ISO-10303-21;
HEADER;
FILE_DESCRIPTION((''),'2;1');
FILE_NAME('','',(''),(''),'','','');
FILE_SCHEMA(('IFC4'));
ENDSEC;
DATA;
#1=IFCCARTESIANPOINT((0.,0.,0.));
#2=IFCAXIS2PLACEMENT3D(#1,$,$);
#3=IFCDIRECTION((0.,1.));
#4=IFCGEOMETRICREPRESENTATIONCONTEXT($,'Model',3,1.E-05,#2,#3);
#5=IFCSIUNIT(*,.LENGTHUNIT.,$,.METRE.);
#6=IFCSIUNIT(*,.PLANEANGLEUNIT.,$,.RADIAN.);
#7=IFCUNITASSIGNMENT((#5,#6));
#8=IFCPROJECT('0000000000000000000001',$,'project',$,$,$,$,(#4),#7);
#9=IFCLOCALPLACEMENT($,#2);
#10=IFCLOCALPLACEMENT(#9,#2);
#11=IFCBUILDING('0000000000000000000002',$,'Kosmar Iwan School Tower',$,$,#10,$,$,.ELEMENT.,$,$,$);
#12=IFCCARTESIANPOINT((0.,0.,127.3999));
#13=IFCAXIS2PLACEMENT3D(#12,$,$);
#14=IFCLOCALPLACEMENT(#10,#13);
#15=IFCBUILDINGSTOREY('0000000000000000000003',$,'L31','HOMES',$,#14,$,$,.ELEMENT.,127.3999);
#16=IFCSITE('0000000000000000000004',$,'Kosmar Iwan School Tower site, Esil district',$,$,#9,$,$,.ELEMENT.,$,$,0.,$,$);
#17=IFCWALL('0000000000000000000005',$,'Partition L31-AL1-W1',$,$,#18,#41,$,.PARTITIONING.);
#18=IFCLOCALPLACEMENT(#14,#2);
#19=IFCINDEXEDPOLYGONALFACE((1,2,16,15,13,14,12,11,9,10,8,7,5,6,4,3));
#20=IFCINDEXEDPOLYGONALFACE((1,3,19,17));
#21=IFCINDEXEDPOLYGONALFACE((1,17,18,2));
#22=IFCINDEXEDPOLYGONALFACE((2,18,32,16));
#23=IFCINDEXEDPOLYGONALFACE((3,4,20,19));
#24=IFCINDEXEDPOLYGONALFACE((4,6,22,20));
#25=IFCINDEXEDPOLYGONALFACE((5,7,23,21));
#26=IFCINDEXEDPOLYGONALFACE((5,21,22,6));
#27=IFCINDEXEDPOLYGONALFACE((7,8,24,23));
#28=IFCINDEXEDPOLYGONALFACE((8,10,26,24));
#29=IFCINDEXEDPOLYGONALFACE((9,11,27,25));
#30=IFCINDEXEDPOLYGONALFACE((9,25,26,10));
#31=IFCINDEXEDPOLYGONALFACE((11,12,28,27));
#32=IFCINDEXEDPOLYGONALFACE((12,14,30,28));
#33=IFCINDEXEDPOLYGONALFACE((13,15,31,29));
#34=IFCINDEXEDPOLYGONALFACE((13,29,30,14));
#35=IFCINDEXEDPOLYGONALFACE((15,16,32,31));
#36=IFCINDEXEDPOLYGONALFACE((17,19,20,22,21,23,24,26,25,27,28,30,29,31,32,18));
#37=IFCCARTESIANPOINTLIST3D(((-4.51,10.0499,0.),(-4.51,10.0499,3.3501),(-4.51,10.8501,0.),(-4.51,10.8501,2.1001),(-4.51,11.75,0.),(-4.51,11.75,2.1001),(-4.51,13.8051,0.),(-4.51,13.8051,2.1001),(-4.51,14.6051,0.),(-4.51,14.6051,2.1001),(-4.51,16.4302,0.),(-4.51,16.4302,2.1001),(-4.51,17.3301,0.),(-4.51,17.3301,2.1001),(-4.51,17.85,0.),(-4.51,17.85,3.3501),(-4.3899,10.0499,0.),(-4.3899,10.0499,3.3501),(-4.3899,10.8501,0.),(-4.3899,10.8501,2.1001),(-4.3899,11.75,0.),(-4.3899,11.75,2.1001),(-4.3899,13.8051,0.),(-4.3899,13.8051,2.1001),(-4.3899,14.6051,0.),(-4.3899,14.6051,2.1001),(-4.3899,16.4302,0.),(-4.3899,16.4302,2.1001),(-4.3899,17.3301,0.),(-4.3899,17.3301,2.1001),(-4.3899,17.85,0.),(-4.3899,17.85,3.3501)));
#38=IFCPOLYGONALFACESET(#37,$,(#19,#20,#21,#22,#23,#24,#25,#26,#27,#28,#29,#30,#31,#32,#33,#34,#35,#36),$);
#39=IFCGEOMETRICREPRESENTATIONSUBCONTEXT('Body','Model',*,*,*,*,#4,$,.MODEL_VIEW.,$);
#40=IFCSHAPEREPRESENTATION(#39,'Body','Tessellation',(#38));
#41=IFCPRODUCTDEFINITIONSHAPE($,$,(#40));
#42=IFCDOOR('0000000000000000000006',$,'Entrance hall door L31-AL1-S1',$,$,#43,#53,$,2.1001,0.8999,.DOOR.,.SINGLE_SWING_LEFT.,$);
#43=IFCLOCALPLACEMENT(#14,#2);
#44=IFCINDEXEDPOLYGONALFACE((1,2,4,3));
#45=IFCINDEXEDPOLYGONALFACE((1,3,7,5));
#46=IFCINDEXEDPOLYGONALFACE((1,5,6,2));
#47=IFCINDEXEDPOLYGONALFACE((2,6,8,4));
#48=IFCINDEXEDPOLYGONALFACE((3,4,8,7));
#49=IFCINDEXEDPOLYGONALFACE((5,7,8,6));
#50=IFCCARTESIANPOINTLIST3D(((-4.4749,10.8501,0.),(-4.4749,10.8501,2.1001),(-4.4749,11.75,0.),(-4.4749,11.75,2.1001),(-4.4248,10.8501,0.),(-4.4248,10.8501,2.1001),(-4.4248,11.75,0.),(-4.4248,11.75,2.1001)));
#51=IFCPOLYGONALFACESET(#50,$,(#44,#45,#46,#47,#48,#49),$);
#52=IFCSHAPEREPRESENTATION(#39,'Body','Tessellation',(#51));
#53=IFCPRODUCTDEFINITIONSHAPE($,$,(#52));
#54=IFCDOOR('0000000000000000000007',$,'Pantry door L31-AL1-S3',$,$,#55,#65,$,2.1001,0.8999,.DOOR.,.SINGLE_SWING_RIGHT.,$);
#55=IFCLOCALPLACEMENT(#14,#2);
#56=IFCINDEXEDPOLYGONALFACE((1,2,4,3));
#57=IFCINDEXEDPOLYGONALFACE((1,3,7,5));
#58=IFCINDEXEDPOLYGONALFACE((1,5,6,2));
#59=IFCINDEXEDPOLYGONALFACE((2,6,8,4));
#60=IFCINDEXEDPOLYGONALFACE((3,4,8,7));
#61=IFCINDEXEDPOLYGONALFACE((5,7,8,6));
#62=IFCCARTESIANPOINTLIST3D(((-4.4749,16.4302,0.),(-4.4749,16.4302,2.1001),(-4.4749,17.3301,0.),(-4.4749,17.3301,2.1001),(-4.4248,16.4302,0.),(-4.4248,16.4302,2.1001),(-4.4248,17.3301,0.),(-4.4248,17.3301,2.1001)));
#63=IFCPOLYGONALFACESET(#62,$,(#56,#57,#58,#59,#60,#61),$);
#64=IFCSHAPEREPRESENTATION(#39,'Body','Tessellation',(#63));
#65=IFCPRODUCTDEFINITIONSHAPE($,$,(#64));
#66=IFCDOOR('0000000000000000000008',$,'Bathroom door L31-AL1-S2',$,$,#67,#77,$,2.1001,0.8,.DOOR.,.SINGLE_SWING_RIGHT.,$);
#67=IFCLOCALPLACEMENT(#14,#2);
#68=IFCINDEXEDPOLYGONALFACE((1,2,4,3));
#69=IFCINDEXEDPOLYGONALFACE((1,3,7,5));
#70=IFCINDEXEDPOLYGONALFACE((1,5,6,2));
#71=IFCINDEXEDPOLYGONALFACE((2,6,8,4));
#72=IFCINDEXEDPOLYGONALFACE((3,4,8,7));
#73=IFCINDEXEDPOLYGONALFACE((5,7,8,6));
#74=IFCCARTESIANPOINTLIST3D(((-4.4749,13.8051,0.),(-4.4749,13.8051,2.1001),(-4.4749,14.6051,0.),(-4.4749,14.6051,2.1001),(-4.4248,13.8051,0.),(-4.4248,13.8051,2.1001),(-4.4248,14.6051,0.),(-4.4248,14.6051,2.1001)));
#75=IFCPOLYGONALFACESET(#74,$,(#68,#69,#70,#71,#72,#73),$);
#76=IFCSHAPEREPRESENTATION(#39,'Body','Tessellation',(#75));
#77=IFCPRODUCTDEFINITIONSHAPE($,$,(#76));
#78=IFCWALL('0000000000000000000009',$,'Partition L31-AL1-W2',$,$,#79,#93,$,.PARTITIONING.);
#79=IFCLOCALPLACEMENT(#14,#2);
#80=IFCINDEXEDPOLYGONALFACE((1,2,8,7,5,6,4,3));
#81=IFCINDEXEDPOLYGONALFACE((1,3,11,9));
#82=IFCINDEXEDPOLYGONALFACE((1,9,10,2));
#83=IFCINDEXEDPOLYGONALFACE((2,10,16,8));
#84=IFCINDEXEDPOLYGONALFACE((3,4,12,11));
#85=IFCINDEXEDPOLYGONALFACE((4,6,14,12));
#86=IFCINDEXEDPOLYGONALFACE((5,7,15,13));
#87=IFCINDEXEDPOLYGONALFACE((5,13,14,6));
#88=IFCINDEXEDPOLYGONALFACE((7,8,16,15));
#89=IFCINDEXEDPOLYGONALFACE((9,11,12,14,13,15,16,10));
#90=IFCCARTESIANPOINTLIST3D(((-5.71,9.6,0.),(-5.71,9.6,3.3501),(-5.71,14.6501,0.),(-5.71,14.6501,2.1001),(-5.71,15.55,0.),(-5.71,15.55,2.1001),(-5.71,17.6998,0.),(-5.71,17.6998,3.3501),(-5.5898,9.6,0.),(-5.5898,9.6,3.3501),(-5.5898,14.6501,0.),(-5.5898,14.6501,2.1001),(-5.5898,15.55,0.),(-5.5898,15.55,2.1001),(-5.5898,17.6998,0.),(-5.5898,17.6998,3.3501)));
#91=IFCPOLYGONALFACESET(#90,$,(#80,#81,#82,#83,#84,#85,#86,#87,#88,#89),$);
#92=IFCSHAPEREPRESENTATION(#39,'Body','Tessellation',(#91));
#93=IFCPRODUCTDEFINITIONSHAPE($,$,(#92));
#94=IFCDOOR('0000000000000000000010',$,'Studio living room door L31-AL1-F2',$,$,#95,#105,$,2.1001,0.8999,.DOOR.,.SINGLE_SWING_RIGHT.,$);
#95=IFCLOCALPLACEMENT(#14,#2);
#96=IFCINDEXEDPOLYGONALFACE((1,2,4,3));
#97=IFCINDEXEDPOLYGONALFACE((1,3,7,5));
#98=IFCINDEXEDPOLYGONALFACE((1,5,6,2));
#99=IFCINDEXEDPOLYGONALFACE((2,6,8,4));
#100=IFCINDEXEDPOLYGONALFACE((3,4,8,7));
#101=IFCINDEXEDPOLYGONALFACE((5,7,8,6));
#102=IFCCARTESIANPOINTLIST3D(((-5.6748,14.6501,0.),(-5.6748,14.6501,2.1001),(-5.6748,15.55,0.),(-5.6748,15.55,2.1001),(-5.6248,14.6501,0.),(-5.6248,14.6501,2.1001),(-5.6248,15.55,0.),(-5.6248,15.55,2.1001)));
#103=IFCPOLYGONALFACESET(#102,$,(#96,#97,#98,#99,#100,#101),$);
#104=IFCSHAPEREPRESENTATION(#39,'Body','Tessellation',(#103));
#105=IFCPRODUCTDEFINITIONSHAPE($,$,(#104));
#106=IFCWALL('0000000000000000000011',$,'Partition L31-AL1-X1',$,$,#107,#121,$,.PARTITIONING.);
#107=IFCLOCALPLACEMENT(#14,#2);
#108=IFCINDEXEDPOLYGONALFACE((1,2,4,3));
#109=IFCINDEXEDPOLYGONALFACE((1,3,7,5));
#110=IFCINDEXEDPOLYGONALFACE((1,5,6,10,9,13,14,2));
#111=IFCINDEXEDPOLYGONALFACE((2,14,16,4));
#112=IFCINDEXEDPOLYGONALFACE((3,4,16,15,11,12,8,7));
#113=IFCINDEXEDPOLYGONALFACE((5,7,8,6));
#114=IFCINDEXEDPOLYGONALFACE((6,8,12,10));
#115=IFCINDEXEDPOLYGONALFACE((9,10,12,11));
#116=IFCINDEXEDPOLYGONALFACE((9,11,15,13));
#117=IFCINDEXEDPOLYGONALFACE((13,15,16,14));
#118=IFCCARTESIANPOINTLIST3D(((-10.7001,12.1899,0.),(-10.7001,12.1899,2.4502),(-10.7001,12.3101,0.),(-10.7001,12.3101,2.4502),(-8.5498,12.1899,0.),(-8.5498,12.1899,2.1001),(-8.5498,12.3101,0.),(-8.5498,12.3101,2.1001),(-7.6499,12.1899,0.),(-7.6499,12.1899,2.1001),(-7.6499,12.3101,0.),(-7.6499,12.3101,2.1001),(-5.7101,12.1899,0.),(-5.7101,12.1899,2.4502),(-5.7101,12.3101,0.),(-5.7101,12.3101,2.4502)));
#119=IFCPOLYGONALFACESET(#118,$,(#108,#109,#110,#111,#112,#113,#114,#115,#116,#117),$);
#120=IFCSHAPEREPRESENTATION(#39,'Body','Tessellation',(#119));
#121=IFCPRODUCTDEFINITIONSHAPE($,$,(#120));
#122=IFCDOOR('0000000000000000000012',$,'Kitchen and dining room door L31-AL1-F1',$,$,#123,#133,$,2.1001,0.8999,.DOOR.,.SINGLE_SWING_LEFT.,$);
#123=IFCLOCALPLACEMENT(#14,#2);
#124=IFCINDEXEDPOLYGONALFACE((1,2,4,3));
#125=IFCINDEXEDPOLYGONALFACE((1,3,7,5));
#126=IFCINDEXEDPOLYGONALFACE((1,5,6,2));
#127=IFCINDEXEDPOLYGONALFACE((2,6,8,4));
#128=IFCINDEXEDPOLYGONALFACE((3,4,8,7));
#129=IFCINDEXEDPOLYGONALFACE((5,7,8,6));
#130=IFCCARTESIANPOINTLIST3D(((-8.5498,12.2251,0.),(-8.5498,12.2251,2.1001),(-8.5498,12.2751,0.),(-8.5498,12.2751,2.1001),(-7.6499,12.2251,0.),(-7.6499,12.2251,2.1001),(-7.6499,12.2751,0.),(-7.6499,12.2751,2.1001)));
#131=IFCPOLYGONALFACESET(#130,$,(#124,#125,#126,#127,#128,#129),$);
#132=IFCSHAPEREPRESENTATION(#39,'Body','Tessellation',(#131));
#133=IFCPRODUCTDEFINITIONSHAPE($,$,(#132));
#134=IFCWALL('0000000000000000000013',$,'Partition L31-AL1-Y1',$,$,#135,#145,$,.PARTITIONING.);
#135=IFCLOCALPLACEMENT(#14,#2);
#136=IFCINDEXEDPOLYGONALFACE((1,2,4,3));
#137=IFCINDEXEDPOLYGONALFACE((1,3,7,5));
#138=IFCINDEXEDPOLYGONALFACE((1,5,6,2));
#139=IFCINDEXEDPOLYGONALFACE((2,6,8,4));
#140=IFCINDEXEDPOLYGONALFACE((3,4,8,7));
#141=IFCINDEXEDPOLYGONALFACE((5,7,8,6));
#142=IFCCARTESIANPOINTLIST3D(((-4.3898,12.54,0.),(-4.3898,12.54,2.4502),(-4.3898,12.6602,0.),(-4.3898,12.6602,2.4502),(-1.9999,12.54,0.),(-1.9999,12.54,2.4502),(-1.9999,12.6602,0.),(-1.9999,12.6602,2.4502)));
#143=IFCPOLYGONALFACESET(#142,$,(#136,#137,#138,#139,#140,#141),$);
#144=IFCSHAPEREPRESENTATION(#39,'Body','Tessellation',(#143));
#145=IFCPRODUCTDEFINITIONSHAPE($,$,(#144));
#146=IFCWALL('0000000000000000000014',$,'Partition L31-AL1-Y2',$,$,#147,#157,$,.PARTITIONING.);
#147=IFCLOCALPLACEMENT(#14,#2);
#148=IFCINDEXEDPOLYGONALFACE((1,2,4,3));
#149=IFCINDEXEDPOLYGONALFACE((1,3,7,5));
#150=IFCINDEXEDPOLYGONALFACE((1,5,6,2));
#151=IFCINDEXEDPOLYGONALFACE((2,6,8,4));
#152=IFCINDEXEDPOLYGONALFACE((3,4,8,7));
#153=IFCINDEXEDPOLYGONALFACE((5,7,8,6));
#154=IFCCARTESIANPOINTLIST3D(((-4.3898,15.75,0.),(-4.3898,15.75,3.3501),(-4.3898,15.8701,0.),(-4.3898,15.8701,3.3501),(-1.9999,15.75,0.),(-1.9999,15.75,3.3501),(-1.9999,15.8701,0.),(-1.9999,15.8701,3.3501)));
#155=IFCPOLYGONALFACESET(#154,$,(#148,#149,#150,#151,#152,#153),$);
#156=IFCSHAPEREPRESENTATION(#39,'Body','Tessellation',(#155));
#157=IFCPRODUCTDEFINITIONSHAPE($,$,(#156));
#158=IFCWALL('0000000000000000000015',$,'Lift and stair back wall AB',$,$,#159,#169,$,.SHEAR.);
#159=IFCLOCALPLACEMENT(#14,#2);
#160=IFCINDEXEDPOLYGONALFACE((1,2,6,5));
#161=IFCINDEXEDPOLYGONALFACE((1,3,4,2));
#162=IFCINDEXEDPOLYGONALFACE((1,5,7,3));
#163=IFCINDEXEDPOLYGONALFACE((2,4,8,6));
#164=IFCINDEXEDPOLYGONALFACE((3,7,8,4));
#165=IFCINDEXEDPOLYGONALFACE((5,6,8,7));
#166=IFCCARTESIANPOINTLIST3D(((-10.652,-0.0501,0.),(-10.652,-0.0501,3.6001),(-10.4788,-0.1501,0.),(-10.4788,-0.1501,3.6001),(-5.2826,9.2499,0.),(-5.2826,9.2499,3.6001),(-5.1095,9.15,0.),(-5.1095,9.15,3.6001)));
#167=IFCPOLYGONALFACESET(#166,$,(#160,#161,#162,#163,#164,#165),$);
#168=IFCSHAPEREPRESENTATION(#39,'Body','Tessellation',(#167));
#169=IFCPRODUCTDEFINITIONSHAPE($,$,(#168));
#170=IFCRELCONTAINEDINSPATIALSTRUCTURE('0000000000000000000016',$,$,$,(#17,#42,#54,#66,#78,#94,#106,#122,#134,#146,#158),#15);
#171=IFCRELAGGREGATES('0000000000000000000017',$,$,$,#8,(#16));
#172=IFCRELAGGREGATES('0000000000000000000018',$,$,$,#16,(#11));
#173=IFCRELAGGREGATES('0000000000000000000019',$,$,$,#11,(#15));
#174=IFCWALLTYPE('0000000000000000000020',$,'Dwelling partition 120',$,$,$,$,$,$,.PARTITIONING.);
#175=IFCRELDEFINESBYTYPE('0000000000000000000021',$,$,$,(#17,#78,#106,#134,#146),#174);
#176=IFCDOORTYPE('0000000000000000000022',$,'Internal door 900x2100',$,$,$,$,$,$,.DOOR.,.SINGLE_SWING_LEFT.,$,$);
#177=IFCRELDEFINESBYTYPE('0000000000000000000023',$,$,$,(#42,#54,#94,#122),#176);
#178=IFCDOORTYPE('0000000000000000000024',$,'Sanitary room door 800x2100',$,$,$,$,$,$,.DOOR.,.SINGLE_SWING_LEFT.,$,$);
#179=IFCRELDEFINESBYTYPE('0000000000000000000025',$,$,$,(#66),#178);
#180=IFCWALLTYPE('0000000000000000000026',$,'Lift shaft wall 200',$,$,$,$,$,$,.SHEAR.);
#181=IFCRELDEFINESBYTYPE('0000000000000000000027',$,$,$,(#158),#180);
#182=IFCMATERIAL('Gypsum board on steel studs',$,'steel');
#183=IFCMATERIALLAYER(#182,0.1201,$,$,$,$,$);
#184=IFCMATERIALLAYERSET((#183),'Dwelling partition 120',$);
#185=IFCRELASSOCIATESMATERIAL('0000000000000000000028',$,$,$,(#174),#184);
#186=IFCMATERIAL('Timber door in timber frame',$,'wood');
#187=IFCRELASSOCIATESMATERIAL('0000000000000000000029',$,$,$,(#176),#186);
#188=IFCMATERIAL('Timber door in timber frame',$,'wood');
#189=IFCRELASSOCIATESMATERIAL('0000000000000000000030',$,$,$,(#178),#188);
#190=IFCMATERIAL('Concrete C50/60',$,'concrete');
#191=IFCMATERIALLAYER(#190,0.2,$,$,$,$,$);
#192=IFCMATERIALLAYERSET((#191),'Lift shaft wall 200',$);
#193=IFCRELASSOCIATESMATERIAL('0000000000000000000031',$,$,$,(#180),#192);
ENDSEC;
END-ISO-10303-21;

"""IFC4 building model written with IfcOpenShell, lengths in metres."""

from ifc_helpers import new_model, si_unit, direction, frame, frame_2d, origin, place, context, subcontext, project, spatial, rectangle, extrude, material, layer, layer_set, type_object, element, fill, save


model = new_model("IFC4")

# Units and contexts
model_context = context("Model", 3, precision=1e-05, world=origin(), true_north=direction((0.0, 1.0)))
body_context = subcontext(model_context, "Body", "Model", "MODEL_VIEW")
ifc_project = project(units=[si_unit("LENGTHUNIT", "METRE"), si_unit("PLANEANGLEUNIT", "RADIAN")], contexts=[model_context])

# Site, building, storey
site_placement = place(None, origin())
site = spatial("IfcSite", under=ifc_project, at=site_placement, Name="Kosmar Iwan School Tower site, Esil district", CompositionType="ELEMENT", RefElevation=0.0)
building_placement = place(site_placement, origin())
building = spatial("IfcBuilding", under=site, at=building_placement, Name="Kosmar Iwan School Tower", CompositionType="ELEMENT")
storey_placement = place(building_placement, frame((0.0, 0.0, 127.3999)))
storey = spatial("IfcBuildingStorey", under=building, at=storey_placement, Name="L31", Description="HOMES", CompositionType="ELEMENT", Elevation=127.3999)

# Wall, openings, doors
ifc_material_1 = material(Name="Gypsum board on steel studs", Category="steel")
ifc_layer_1 = layer(ifc_material_1, 0.1201)
ifc_layer_set_1 = layer_set([ifc_layer_1], Name="Dwelling partition 120")
wall_type_1 = type_object("IfcWallType", Name="Dwelling partition 120", PredefinedType="PARTITIONING", material=ifc_layer_set_1)
wall_1_placement = place(storey_placement, frame((-4.45, 10.05, 0.0), z_axis=(0.0, 0.0, 1.0), x_axis=(0.0, 1.0, 0.0)))
wall_1 = element("IfcWall", 1, at=wall_1_placement, inside=storey, type_object=wall_type_1, Name="Partition L31-AL1-W1", PredefinedType="PARTITIONING", context=body_context, shape_type="SweptSolid", body=[
    extrude(rectangle(XDim=7.8, YDim=0.1201, at=frame_2d((3.8999, 0.0))), origin(), (0.0, 0.0, 1.0), 3.3501),
])
opening_1_placement = place(wall_1_placement, frame((0.8, 0.0, 0.0)))
opening_1 = element("IfcOpeningElement", 2, at=opening_1_placement, cuts=wall_1, PredefinedType="OPENING", context=body_context, shape_type="SweptSolid", body=[
    extrude(rectangle(XDim=0.8999, YDim=2.1001, at=frame_2d((0.45, 1.05))), frame((0.0, 0.072, 0.0), z_axis=(0.0, -1.0, 0.0), x_axis=(1.0, 0.0, 0.0)), (0.0, 0.0, 1.0), 0.144),
])
opening_2_placement = place(wall_1_placement, frame((3.7551, 0.0, 0.0)))
opening_2 = element("IfcOpeningElement", 3, at=opening_2_placement, cuts=wall_1, PredefinedType="OPENING", context=body_context, shape_type="SweptSolid", body=[
    extrude(rectangle(XDim=0.8, YDim=2.1001, at=frame_2d((0.3999, 1.05))), frame((0.0, 0.072, 0.0), z_axis=(0.0, -1.0, 0.0), x_axis=(1.0, 0.0, 0.0)), (0.0, 0.0, 1.0), 0.144),
])
opening_3_placement = place(wall_1_placement, frame((6.3801, 0.0, 0.0)))
opening_3 = element("IfcOpeningElement", 4, at=opening_3_placement, cuts=wall_1, PredefinedType="OPENING", context=body_context, shape_type="SweptSolid", body=[
    extrude(rectangle(XDim=0.8999, YDim=2.1001, at=frame_2d((0.45, 1.05))), frame((0.0, 0.072, 0.0), z_axis=(0.0, -1.0, 0.0), x_axis=(1.0, 0.0, 0.0)), (0.0, 0.0, 1.0), 0.144),
])
ifc_material_2 = material(Name="Timber door in timber frame", Category="wood")
door_type_1 = type_object("IfcDoorType", Name="Internal door 900x2100", OperationType="SINGLE_SWING_LEFT", PredefinedType="DOOR", material=ifc_material_2)
door_1_placement = place(opening_1_placement, origin())
door_1 = element("IfcDoor", 5, at=door_1_placement, inside=storey, type_object=door_type_1, Name="Entrance hall door L31-AL1-S1", OperationType="SINGLE_SWING_LEFT", OverallHeight=2.1001, OverallWidth=0.8999, PredefinedType="DOOR", context=body_context, shape_type="SweptSolid", body=[
    extrude(rectangle(XDim=0.8999, YDim=2.1001, at=frame_2d((0.45, 1.05))), frame((0.0, 0.0249, 0.0), z_axis=(0.0, -1.0, 0.0), x_axis=(1.0, 0.0, 0.0)), (0.0, 0.0, 1.0), 0.05),
])
fill(opening_1, door_1)
door_2_placement = place(opening_3_placement, origin())
door_2 = element("IfcDoor", 6, at=door_2_placement, inside=storey, type_object=door_type_1, Name="Pantry door L31-AL1-S3", OperationType="SINGLE_SWING_RIGHT", OverallHeight=2.1001, OverallWidth=0.8999, PredefinedType="DOOR", context=body_context, shape_type="SweptSolid", body=[
    extrude(rectangle(XDim=0.8999, YDim=2.1001, at=frame_2d((0.45, 1.05))), frame((0.0, 0.0249, 0.0), z_axis=(0.0, -1.0, 0.0), x_axis=(1.0, 0.0, 0.0)), (0.0, 0.0, 1.0), 0.05),
])
fill(opening_3, door_2)
ifc_material_3 = material(Name="Timber door in timber frame", Category="wood")
door_type_2 = type_object("IfcDoorType", Name="Sanitary room door 800x2100", OperationType="SINGLE_SWING_LEFT", PredefinedType="DOOR", material=ifc_material_3)
door_3_placement = place(opening_2_placement, origin())
door_3 = element("IfcDoor", 7, at=door_3_placement, inside=storey, type_object=door_type_2, Name="Bathroom door L31-AL1-S2", OperationType="SINGLE_SWING_RIGHT", OverallHeight=2.1001, OverallWidth=0.8, PredefinedType="DOOR", context=body_context, shape_type="SweptSolid", body=[
    extrude(rectangle(XDim=0.8, YDim=2.1001, at=frame_2d((0.3999, 1.05))), frame((0.0, 0.0249, 0.0), z_axis=(0.0, -1.0, 0.0), x_axis=(1.0, 0.0, 0.0)), (0.0, 0.0, 1.0), 0.05),
])
fill(opening_2, door_3)

# Walls, openings, doors
wall_2_placement = place(storey_placement, frame((-5.6499, 9.6001, 0.0), z_axis=(0.0, 0.0, 1.0), x_axis=(0.0, 1.0, 0.0)))
wall_2 = element("IfcWall", 8, at=wall_2_placement, inside=storey, type_object=wall_type_1, Name="Partition L31-AL1-W2", PredefinedType="PARTITIONING", context=body_context, shape_type="SweptSolid", body=[
    extrude(rectangle(XDim=8.0999, YDim=0.1201, at=frame_2d((4.0498, 0.0))), origin(), (0.0, 0.0, 1.0), 3.3501),
])
opening_4_placement = place(wall_2_placement, frame((5.05, 0.0, 0.0)))
opening_4 = element("IfcOpeningElement", 9, at=opening_4_placement, cuts=wall_2, PredefinedType="OPENING", context=body_context, shape_type="SweptSolid", body=[
    extrude(rectangle(XDim=0.8999, YDim=2.1001, at=frame_2d((0.45, 1.05))), frame((0.0, 0.072, 0.0), z_axis=(0.0, -1.0, 0.0), x_axis=(1.0, 0.0, 0.0)), (0.0, 0.0, 1.0), 0.144),
])
door_4_placement = place(opening_4_placement, origin())
door_4 = element("IfcDoor", 10, at=door_4_placement, inside=storey, type_object=door_type_1, Name="Studio living room door L31-AL1-F2", OperationType="SINGLE_SWING_RIGHT", OverallHeight=2.1001, OverallWidth=0.8999, PredefinedType="DOOR", context=body_context, shape_type="SweptSolid", body=[
    extrude(rectangle(XDim=0.8999, YDim=2.1001, at=frame_2d((0.45, 1.05))), frame((0.0, 0.0249, 0.0), z_axis=(0.0, -1.0, 0.0), x_axis=(1.0, 0.0, 0.0)), (0.0, 0.0, 1.0), 0.05),
])
fill(opening_4, door_4)
wall_3_placement = place(storey_placement, frame((-5.71, 12.25, 0.0), z_axis=(0.0, 0.0, 1.0), x_axis=(-1.0, 0.0, 0.0)))
wall_3 = element("IfcWall", 11, at=wall_3_placement, inside=storey, type_object=wall_type_1, Name="Partition L31-AL1-X1", PredefinedType="PARTITIONING", context=body_context, shape_type="SweptSolid", body=[
    extrude(rectangle(XDim=4.99, YDim=0.1201, at=frame_2d((2.4951, 0.0))), origin(), (0.0, 0.0, 1.0), 2.4502),
])
opening_5_placement = place(wall_3_placement, frame((1.9399, 0.0, 0.0)))
opening_5 = element("IfcOpeningElement", 12, at=opening_5_placement, cuts=wall_3, PredefinedType="OPENING", context=body_context, shape_type="SweptSolid", body=[
    extrude(rectangle(XDim=0.8999, YDim=2.1001, at=frame_2d((0.45, 1.05))), frame((0.0, 0.072, 0.0), z_axis=(0.0, -1.0, 0.0), x_axis=(1.0, 0.0, 0.0)), (0.0, 0.0, 1.0), 0.144),
])
door_5_placement = place(opening_5_placement, origin())
door_5 = element("IfcDoor", 13, at=door_5_placement, inside=storey, type_object=door_type_1, Name="Kitchen and dining room door L31-AL1-F1", OperationType="SINGLE_SWING_LEFT", OverallHeight=2.1001, OverallWidth=0.8999, PredefinedType="DOOR", context=body_context, shape_type="SweptSolid", body=[
    extrude(rectangle(XDim=0.8999, YDim=2.1001, at=frame_2d((0.45, 1.05))), frame((0.0, 0.0249, 0.0), z_axis=(0.0, -1.0, 0.0), x_axis=(1.0, 0.0, 0.0)), (0.0, 0.0, 1.0), 0.05),
])
fill(opening_5, door_5)

# Walls
wall_4_placement = place(storey_placement, frame((-2.0, 12.6001, 0.0), z_axis=(0.0, 0.0, 1.0), x_axis=(-1.0, 0.0, 0.0)))
element("IfcWall", 14, at=wall_4_placement, inside=storey, type_object=wall_type_1, Name="Partition L31-AL1-Y1", PredefinedType="PARTITIONING", context=body_context, shape_type="SweptSolid", body=[
    extrude(rectangle(XDim=2.3899, YDim=0.1201, at=frame_2d((1.1948, 0.0))), origin(), (0.0, 0.0, 1.0), 2.4502),
])
wall_5_placement = place(storey_placement, frame((-2.0, 15.8101, 0.0), z_axis=(0.0, 0.0, 1.0), x_axis=(-1.0, 0.0, 0.0)))
element("IfcWall", 15, at=wall_5_placement, inside=storey, type_object=wall_type_1, Name="Partition L31-AL1-Y2", PredefinedType="PARTITIONING", context=body_context, shape_type="SweptSolid", body=[
    extrude(rectangle(XDim=2.3899, YDim=0.1201, at=frame_2d((1.1948, 0.0))), origin(), (0.0, 0.0, 1.0), 3.3501),
])
ifc_material_4 = material(Name="Concrete C50/60", Category="concrete")
ifc_layer_2 = layer(ifc_material_4, 0.2)
ifc_layer_set_2 = layer_set([ifc_layer_2], Name="Lift shaft wall 200")
wall_type_2 = type_object("IfcWallType", Name="Lift shaft wall 200", PredefinedType="SHEAR", material=ifc_layer_set_2)
wall_6_placement = place(storey_placement, frame((-5.196, 9.2, 0.0), z_axis=(0.0, 0.0, 1.0), x_axis=(-0.5, -0.866025, 0.0)))
element("IfcWall", 16, at=wall_6_placement, inside=storey, type_object=wall_type_2, Name="Lift and stair back wall AB", PredefinedType="SHEAR", context=body_context, shape_type="SweptSolid", body=[
    extrude(rectangle(XDim=10.7388, YDim=0.2, at=frame_2d((5.3694, 0.0))), origin(), (0.0, 0.0, 1.0), 3.6001),
])

save(model, "model.ifc")
